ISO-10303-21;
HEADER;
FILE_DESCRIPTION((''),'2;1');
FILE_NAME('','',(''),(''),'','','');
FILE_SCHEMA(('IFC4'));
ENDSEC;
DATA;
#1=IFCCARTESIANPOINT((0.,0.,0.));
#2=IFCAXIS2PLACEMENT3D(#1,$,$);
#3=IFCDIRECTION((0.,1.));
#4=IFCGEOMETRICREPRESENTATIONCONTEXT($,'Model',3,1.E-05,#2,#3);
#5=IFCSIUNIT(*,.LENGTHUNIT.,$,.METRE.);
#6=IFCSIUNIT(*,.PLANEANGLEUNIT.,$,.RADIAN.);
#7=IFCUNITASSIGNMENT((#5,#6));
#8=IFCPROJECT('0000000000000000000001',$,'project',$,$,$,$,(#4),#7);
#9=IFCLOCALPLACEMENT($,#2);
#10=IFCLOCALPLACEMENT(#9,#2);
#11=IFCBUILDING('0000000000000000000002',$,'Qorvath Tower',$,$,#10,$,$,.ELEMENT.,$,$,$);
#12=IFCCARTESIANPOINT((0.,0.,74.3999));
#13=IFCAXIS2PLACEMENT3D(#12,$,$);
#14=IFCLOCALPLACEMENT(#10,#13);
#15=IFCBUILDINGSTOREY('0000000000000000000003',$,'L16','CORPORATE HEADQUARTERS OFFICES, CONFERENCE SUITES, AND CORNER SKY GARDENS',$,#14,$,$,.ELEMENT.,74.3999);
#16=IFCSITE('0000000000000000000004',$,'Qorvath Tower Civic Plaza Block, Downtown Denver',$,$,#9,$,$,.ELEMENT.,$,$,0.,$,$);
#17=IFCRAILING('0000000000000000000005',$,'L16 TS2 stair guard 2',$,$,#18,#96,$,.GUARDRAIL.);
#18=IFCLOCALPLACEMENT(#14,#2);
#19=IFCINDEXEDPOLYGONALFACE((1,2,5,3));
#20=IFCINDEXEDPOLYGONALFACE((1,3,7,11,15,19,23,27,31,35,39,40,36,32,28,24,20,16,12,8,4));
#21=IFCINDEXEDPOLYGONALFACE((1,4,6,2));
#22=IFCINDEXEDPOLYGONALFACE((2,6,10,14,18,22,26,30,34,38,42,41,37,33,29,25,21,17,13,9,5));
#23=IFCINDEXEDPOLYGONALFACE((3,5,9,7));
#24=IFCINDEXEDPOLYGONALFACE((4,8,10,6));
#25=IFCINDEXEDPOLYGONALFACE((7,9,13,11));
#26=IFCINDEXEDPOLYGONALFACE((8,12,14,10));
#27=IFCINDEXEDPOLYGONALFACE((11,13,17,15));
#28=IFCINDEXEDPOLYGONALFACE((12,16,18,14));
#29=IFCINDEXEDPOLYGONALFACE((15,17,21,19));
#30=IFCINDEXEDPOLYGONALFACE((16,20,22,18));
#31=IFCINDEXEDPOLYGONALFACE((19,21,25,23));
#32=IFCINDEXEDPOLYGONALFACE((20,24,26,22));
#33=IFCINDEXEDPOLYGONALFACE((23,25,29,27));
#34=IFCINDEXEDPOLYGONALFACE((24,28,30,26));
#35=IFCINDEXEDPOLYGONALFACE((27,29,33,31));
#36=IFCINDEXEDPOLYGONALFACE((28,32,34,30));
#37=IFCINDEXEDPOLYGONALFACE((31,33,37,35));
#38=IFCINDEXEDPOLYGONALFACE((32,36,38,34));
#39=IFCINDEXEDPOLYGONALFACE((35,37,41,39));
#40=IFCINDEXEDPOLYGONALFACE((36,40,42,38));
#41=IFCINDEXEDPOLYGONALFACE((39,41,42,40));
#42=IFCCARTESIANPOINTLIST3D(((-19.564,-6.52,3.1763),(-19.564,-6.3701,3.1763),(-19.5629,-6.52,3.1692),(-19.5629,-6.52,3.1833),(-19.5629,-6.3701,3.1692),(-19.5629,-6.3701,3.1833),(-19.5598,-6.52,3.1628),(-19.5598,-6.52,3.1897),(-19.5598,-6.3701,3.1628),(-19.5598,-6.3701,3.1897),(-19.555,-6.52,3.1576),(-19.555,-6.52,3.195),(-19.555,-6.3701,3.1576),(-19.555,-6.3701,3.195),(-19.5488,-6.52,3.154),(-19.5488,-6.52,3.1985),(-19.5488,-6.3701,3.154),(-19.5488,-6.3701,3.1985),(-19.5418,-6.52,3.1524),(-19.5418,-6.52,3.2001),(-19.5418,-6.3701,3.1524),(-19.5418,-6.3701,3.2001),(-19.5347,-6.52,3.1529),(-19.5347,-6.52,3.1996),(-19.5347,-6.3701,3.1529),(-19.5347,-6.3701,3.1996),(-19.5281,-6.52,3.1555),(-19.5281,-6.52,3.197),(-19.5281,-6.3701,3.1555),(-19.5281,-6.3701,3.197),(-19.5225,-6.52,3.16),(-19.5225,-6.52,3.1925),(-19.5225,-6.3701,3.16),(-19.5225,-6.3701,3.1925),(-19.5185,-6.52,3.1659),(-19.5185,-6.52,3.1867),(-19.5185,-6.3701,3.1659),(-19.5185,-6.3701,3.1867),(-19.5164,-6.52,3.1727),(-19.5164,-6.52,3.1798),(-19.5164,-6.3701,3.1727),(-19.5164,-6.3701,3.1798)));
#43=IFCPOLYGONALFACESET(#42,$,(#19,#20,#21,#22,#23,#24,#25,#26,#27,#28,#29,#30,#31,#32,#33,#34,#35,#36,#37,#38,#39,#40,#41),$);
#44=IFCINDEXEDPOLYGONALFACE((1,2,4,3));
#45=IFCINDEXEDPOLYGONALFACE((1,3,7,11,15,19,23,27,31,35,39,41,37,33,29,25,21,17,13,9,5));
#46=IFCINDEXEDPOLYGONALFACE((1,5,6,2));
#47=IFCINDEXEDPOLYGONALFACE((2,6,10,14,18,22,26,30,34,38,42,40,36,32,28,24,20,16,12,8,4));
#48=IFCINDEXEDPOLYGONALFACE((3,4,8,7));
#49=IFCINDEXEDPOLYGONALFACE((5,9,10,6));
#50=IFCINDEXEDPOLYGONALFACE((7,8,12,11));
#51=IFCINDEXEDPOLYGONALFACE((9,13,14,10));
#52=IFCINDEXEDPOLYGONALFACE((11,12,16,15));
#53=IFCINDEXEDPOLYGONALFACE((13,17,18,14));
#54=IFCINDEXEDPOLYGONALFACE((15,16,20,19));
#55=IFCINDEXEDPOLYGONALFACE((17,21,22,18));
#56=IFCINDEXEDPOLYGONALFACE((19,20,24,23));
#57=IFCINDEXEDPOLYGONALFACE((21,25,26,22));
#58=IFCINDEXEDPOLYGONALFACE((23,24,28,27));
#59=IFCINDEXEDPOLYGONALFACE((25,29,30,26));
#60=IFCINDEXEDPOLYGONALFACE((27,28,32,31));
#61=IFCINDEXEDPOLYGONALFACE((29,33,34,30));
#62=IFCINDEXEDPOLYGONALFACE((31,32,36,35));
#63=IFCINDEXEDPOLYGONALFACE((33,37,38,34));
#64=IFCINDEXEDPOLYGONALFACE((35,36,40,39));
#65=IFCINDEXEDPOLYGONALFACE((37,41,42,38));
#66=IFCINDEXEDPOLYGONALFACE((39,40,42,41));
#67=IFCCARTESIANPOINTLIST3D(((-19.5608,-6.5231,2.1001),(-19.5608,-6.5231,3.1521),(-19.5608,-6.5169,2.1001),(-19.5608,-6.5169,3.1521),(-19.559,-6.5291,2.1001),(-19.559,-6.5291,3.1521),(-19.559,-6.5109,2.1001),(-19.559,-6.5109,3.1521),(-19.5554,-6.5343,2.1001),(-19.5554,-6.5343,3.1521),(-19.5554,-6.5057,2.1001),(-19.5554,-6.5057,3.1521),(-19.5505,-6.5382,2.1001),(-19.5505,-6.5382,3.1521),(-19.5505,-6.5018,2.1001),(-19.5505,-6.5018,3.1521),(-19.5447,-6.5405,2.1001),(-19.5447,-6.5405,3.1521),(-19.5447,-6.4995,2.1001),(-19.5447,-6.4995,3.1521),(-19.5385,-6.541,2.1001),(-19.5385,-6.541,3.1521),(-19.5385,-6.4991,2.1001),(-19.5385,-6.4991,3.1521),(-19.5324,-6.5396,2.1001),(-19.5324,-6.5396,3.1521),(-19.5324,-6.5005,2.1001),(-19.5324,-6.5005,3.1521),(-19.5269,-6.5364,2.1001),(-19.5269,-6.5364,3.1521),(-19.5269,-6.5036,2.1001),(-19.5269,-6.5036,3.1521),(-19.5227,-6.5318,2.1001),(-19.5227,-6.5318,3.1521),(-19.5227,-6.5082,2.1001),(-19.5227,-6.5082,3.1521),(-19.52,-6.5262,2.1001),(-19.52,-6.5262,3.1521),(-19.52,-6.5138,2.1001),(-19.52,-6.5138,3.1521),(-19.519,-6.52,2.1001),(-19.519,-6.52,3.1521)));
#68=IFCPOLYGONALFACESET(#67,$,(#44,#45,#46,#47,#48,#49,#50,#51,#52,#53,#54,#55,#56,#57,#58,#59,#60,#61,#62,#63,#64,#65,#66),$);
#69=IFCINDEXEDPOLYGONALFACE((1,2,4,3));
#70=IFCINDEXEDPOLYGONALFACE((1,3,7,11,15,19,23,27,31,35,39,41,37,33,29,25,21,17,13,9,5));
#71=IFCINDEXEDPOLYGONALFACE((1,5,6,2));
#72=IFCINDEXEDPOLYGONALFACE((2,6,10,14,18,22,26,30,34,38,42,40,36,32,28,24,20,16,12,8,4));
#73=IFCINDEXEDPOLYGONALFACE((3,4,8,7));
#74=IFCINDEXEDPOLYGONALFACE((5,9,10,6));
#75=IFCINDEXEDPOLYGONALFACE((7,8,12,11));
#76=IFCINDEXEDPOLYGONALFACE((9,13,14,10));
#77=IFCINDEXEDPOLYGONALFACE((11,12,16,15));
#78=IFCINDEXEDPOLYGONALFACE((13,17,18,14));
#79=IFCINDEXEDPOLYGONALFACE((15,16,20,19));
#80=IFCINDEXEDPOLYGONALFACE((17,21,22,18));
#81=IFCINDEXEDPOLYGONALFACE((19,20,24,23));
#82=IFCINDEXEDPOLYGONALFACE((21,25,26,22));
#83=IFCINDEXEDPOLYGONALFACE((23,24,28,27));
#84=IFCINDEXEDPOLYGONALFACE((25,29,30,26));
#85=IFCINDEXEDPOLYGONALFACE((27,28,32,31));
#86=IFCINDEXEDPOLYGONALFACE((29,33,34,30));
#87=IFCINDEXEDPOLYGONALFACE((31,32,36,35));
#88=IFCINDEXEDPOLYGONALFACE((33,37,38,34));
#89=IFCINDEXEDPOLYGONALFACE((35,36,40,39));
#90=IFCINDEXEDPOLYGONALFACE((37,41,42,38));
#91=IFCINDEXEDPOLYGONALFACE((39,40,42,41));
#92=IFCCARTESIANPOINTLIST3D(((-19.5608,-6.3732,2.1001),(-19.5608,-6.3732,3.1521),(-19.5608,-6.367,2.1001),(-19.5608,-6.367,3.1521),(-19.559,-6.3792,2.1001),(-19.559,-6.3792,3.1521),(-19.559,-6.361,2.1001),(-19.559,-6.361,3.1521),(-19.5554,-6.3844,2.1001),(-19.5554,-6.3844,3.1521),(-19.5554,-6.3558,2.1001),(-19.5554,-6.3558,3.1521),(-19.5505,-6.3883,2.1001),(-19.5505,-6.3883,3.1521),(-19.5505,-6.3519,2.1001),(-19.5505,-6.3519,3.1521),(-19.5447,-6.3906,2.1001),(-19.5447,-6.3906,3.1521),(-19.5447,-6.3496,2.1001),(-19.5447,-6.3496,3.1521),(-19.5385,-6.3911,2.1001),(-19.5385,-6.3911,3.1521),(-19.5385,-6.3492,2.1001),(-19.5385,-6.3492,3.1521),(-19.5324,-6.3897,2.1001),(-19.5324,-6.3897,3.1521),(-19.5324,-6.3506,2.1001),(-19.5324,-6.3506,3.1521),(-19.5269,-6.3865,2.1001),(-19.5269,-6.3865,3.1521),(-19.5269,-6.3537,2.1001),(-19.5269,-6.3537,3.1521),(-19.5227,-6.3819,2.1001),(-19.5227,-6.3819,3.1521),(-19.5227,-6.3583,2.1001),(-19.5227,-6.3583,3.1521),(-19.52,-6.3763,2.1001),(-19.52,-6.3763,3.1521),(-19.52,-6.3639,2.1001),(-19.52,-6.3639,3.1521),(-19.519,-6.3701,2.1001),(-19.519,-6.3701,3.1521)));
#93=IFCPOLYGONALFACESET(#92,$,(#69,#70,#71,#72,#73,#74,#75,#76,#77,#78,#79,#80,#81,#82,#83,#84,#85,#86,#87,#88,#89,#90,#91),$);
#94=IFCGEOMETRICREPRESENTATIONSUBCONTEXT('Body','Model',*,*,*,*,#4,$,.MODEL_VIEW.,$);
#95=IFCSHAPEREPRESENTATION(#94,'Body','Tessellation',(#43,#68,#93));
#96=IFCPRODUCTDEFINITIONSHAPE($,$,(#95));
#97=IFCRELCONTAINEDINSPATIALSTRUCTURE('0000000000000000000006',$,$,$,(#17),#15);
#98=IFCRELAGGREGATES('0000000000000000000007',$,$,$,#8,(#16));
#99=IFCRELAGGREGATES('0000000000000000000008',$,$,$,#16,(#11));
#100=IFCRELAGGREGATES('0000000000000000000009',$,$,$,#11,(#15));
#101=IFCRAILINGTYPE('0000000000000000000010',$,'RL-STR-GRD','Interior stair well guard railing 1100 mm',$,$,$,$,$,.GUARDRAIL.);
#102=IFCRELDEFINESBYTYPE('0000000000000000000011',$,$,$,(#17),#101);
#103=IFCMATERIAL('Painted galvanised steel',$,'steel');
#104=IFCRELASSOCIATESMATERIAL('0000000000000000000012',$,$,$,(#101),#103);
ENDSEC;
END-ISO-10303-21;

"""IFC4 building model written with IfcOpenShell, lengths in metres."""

from ifc_helpers import new_model, si_unit, direction, frame, origin, origin_2d, place, context, subcontext, project, spatial, circle, extrude, material, type_object, element, save


model = new_model("IFC4")

# Units and contexts
model_context = context("Model", 3, precision=1e-05, world=origin(), true_north=direction((0.0, 1.0)))
body_context = subcontext(model_context, "Body", "Model", "MODEL_VIEW")
ifc_project = project(units=[si_unit("LENGTHUNIT", "METRE"), si_unit("PLANEANGLEUNIT", "RADIAN")], contexts=[model_context])

# Site, building, storey
site_placement = place(None, origin())
site = spatial("IfcSite", under=ifc_project, at=site_placement, Name="Qorvath Tower Civic Plaza Block, Downtown Denver", CompositionType="ELEMENT", RefElevation=0.0)
building_placement = place(site_placement, origin())
building = spatial("IfcBuilding", under=site, at=building_placement, Name="Qorvath Tower", CompositionType="ELEMENT")
storey_placement = place(building_placement, frame((0.0, 0.0, 74.3999)))
storey = spatial("IfcBuildingStorey", under=building, at=storey_placement, Name="L16", Description="CORPORATE HEADQUARTERS OFFICES, CONFERENCE SUITES, AND CORNER SKY GARDENS", CompositionType="ELEMENT", Elevation=74.3999)

# Railing
ifc_material_1 = material(Name="Painted galvanised steel", Category="steel")
railing_type_1 = type_object("IfcRailingType", Name="RL-STR-GRD", Description="Interior stair well guard railing 1100 mm", PredefinedType="GUARDRAIL", material=ifc_material_1)
railing_1_placement = place(storey_placement, frame((-19.54, -6.52, 2.1001)))
element("IfcRailing", 1, at=railing_1_placement, inside=storey, type_object=railing_type_1, Name="L16 TS2 stair guard 2", PredefinedType="GUARDRAIL", context=body_context, shape_type="SweptSolid", body=[
    extrude(circle(Radius=0.0239, at=origin_2d()), frame((0.0, 0.0, 1.0762), z_axis=(0.0, 1.0, 0.0), x_axis=(-1.0, 0.0, 0.0)), (0.0, 0.0, 1.0), 0.1499),
    extrude(circle(Radius=0.021, at=origin_2d()), origin(), (0.0, 0.0, 1.0), 1.052),
    extrude(circle(Radius=0.021, at=origin_2d()), frame((0.0, 0.1499, 0.0)), (0.0, 0.0, 1.0), 1.052),
])

save(model, "model.ifc")
